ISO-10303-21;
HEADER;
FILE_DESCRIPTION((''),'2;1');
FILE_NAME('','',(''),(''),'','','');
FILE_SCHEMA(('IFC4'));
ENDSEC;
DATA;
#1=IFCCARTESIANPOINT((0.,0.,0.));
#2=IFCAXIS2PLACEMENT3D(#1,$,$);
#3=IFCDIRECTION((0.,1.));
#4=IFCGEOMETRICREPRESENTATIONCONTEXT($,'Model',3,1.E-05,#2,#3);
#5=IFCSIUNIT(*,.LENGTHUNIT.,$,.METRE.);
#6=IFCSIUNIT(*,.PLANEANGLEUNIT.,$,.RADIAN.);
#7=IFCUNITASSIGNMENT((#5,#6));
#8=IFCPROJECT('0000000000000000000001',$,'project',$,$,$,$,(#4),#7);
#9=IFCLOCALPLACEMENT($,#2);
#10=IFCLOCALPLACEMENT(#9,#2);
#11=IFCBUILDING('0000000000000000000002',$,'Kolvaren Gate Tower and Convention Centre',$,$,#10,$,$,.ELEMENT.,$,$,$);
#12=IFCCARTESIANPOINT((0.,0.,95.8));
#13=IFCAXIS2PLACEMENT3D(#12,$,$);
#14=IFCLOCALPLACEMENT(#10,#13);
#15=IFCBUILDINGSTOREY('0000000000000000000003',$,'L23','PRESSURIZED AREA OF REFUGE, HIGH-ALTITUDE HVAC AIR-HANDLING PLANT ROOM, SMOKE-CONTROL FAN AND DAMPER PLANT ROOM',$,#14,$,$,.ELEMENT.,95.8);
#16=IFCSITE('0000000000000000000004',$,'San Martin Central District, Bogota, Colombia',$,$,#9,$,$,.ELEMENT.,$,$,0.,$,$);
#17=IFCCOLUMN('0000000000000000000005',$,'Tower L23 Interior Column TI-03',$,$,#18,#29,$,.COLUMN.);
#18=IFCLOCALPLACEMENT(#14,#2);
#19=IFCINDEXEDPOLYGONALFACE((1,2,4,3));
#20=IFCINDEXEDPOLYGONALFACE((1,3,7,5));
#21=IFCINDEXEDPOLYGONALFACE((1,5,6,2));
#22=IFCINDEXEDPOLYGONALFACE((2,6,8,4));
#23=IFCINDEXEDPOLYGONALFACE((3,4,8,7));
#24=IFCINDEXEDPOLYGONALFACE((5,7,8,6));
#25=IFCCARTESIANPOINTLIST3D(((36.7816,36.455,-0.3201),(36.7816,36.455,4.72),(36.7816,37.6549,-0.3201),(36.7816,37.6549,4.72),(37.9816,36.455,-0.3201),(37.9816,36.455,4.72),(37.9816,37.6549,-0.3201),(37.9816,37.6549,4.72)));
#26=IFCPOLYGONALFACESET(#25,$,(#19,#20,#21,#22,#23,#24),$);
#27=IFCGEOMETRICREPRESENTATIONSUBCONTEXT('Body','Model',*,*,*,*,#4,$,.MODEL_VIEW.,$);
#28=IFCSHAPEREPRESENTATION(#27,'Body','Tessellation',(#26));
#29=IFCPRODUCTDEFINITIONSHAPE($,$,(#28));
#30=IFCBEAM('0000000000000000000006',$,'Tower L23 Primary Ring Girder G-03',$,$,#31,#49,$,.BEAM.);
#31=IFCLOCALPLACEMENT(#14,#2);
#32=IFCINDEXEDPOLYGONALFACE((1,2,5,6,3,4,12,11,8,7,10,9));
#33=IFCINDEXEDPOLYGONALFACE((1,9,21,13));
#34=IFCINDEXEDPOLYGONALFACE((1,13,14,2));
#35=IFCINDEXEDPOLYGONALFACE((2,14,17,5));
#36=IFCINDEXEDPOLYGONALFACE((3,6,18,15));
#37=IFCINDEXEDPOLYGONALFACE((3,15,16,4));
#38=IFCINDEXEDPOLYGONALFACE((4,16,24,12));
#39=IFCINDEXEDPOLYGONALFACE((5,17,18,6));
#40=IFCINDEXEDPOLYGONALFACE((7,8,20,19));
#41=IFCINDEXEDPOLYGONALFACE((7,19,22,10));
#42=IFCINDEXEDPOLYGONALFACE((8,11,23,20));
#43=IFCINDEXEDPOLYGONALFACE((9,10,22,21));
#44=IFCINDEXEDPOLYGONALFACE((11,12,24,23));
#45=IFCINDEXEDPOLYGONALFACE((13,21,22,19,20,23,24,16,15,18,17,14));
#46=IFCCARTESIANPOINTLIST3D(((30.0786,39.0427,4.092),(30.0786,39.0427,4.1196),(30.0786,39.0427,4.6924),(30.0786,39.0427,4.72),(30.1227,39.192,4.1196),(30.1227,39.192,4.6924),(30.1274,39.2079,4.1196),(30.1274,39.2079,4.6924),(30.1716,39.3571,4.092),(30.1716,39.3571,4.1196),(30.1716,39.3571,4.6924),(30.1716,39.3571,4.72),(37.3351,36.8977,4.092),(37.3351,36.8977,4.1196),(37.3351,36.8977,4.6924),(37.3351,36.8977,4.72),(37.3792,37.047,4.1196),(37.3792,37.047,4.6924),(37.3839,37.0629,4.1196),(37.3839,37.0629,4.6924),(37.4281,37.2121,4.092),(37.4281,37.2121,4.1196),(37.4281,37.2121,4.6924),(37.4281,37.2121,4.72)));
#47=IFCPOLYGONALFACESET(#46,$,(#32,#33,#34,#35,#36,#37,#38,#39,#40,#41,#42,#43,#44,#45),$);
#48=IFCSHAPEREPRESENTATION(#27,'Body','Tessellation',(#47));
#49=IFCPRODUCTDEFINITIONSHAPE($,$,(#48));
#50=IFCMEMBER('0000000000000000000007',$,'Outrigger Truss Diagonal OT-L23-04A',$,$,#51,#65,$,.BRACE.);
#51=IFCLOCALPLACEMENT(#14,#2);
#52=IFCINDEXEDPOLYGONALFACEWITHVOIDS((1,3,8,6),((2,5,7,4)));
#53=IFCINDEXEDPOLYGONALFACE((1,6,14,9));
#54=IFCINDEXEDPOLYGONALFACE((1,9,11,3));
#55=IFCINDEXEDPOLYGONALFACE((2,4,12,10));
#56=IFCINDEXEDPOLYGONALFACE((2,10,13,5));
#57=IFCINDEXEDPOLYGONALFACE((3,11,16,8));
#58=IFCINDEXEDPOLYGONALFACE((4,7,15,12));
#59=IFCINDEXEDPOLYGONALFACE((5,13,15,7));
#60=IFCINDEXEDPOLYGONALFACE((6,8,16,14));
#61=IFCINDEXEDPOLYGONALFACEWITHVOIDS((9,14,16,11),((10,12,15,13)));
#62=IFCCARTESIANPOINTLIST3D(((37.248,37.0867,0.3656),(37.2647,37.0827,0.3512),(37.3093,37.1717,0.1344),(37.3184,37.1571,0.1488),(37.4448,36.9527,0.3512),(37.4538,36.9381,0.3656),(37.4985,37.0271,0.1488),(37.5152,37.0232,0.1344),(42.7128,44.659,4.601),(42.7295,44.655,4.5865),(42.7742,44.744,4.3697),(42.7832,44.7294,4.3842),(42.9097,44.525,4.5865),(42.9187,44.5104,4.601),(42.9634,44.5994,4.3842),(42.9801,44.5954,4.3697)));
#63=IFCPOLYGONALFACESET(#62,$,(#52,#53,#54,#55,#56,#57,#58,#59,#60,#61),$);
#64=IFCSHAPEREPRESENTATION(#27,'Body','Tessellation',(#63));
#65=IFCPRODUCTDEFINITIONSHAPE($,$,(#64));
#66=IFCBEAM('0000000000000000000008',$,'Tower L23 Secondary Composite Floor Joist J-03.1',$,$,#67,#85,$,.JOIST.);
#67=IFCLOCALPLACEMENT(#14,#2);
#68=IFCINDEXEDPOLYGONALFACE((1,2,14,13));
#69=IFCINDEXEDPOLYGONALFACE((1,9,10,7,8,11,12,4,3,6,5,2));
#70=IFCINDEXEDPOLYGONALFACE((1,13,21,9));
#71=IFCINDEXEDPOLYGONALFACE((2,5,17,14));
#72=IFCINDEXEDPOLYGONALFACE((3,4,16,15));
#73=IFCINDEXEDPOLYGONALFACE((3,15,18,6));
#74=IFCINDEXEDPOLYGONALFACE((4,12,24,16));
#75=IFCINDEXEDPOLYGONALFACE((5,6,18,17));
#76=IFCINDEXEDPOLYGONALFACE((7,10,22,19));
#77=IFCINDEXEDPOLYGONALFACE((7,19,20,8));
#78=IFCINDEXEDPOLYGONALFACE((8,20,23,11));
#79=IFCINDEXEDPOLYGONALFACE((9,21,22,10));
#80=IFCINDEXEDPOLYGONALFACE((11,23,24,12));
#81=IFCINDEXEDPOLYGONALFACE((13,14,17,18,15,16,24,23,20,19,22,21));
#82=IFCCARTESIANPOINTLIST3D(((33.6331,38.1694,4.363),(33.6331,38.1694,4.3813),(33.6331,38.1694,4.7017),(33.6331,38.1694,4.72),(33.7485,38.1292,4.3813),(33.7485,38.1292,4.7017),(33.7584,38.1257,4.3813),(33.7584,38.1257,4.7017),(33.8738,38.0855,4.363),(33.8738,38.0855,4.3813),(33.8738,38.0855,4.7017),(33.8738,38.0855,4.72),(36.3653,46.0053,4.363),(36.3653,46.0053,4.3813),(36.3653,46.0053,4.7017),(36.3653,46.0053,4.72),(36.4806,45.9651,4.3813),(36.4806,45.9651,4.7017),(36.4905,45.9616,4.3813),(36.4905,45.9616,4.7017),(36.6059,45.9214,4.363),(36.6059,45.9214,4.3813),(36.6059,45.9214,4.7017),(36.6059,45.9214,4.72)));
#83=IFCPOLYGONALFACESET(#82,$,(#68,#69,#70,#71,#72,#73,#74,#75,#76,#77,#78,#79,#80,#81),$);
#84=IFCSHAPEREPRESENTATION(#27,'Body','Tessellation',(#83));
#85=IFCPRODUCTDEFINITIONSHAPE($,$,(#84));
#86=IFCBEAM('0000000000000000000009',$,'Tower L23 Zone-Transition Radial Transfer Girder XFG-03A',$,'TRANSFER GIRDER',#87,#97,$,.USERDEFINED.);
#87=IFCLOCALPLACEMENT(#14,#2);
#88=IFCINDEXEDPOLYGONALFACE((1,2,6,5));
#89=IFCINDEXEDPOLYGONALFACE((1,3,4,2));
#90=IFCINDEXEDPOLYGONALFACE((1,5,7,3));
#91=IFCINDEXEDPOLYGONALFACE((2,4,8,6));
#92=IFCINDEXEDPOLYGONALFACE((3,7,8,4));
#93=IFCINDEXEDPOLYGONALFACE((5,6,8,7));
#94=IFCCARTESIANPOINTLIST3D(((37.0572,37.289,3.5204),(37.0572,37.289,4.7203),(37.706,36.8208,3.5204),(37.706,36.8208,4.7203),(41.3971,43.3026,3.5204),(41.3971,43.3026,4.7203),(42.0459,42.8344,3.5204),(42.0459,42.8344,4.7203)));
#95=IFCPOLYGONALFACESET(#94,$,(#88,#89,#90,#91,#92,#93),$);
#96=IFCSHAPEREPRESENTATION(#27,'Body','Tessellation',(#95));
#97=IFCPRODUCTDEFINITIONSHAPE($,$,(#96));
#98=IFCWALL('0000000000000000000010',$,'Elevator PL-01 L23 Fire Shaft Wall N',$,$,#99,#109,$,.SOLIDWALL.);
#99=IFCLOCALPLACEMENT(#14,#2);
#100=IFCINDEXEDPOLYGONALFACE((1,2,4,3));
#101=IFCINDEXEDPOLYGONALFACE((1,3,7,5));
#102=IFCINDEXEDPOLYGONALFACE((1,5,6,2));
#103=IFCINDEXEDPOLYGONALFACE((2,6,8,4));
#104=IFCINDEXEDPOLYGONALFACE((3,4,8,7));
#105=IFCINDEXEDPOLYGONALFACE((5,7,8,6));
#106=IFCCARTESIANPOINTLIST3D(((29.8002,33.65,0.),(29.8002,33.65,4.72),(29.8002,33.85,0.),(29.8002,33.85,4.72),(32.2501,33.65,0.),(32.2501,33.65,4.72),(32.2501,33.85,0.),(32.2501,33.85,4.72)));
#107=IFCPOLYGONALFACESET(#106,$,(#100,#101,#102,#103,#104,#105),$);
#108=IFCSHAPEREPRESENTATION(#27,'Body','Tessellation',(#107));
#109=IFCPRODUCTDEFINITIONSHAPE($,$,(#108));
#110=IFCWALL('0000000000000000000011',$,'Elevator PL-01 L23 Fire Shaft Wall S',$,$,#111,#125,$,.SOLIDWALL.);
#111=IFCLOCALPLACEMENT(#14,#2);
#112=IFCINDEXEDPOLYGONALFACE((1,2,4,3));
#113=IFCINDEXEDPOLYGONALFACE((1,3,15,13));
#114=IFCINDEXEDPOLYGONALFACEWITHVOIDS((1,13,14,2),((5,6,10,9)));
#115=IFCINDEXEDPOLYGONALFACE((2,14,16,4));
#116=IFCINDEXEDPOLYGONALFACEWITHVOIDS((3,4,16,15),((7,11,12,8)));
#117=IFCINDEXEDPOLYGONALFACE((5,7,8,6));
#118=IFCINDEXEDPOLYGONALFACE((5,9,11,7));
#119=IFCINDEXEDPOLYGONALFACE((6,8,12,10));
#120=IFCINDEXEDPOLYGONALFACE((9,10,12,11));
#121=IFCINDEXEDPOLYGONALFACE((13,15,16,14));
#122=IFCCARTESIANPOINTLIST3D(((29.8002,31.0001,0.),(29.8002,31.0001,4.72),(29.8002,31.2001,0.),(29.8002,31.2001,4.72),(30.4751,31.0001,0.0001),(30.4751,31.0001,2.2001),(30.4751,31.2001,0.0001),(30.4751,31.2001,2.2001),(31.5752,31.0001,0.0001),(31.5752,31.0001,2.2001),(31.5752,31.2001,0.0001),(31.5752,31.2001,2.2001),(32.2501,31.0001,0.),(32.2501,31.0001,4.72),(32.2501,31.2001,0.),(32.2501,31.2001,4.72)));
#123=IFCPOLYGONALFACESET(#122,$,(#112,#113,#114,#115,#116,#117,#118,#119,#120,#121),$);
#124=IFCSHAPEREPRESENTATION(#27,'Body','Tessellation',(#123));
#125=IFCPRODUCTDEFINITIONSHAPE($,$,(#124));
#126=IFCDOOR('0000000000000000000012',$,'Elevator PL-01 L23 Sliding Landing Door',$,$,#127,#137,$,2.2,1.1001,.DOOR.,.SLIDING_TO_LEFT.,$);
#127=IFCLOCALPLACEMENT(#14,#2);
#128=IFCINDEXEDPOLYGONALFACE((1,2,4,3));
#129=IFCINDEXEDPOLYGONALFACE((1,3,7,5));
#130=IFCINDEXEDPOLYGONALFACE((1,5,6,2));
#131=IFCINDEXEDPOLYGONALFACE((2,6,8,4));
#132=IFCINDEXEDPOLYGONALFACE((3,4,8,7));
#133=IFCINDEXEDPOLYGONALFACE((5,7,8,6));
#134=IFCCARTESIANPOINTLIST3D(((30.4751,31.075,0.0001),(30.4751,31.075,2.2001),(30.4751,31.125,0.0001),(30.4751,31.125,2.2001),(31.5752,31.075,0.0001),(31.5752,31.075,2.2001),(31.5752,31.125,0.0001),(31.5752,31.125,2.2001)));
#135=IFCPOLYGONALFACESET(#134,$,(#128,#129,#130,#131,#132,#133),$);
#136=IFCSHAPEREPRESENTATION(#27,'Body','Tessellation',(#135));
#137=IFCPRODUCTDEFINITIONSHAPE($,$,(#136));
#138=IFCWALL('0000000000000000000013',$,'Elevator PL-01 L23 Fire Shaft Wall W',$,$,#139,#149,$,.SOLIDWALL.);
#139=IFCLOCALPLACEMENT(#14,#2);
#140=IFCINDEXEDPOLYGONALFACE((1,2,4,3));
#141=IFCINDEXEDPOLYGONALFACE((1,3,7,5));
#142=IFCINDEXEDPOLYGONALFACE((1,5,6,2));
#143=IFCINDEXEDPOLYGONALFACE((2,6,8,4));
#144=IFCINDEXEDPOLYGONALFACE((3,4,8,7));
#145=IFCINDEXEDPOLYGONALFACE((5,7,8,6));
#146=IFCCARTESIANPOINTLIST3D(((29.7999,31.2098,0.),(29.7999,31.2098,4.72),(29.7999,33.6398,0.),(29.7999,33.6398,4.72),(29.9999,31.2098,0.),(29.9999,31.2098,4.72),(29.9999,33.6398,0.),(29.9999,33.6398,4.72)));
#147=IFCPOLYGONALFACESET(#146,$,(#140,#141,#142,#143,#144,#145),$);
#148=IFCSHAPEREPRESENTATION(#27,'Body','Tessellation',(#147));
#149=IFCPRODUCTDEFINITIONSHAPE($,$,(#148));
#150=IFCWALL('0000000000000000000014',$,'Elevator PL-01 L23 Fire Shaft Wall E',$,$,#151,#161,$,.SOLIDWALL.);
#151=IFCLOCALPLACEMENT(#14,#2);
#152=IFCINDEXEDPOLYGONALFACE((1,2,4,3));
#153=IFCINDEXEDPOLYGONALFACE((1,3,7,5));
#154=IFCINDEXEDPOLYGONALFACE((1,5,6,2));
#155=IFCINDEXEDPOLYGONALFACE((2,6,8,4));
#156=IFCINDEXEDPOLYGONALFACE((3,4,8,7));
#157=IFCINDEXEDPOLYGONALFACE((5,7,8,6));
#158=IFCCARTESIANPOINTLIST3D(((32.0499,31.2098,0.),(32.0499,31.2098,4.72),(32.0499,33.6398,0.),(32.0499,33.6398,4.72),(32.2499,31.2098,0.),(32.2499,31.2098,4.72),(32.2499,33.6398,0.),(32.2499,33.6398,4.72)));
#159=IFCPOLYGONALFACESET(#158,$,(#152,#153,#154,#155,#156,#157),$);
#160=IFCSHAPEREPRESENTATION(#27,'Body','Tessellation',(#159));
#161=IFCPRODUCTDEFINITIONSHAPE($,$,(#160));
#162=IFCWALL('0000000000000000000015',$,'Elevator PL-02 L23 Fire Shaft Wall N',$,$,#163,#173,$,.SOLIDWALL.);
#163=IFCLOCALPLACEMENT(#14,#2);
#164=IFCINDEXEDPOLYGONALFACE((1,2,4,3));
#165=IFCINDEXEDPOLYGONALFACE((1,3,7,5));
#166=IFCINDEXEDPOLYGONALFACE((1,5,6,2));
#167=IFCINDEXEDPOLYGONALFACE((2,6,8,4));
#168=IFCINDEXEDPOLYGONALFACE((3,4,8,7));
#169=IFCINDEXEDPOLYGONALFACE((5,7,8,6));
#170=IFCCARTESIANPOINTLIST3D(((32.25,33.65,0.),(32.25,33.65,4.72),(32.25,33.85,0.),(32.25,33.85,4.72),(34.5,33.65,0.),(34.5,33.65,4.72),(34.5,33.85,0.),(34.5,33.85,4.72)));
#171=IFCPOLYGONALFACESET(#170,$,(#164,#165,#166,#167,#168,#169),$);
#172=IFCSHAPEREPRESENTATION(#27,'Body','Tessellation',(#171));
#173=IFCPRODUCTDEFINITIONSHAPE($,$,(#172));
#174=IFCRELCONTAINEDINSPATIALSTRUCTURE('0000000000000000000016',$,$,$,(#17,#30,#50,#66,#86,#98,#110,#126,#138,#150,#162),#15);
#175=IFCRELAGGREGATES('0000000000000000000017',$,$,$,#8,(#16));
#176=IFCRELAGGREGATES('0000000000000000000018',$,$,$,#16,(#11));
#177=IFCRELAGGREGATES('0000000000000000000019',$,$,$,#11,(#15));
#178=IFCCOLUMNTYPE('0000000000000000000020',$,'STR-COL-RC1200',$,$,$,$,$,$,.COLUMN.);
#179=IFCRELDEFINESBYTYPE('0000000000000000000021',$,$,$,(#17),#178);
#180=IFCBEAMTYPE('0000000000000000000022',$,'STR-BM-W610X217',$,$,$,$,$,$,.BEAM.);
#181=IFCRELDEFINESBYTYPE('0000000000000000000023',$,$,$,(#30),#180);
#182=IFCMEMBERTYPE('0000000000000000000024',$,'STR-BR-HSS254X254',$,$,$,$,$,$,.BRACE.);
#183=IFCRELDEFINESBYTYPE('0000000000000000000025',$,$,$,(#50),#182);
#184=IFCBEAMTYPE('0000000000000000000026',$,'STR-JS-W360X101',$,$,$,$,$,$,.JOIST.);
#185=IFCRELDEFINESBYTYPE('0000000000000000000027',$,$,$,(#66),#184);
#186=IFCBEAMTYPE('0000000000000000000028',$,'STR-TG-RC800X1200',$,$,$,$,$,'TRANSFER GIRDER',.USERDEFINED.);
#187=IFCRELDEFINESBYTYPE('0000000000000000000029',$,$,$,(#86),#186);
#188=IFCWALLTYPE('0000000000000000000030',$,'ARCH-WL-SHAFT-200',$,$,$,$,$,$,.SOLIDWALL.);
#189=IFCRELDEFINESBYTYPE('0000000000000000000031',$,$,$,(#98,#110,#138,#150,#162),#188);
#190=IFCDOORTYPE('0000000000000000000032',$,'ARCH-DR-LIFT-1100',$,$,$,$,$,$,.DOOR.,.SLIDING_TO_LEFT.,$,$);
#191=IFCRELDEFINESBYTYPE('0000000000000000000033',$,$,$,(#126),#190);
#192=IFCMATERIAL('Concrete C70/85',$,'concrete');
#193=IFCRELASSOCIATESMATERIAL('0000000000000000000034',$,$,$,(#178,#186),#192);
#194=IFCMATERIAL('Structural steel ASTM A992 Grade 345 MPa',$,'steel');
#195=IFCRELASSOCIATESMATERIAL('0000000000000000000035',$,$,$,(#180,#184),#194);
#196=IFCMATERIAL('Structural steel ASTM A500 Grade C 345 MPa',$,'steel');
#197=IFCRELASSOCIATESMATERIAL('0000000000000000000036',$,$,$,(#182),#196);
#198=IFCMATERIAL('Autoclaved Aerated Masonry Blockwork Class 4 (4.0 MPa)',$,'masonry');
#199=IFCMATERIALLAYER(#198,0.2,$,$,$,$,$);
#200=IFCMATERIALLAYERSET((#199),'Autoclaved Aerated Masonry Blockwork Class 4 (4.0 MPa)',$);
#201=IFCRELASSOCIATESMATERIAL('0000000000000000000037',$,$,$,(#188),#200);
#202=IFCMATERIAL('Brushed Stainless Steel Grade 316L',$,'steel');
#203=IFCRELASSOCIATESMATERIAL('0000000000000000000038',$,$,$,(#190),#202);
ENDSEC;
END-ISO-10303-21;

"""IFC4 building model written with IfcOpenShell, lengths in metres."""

from ifc_helpers import new_model, si_unit, direction, frame, frame_2d, origin, origin_2d, place, context, subcontext, project, spatial, rectangle, hollow_rectangle, i_section, extrude, material, layer, layer_set, material_profile, profile_set, type_object, element, fill, save


model = new_model("IFC4")

# Units and contexts
model_context = context("Model", 3, precision=1e-05, world=origin(), true_north=direction((0.0, 1.0)))
body_context = subcontext(model_context, "Body", "Model", "MODEL_VIEW")
ifc_project = project(units=[si_unit("LENGTHUNIT", "METRE"), si_unit("PLANEANGLEUNIT", "RADIAN")], contexts=[model_context])

# Site, building, storey
site_placement = place(None, origin())
site = spatial("IfcSite", under=ifc_project, at=site_placement, Name="San Martin Central District, Bogota, Colombia", CompositionType="ELEMENT", RefElevation=0.0)
building_placement = place(site_placement, origin())
building = spatial("IfcBuilding", under=site, at=building_placement, Name="Kolvaren Gate Tower and Convention Centre", CompositionType="ELEMENT")
storey_placement = place(building_placement, frame((0.0, 0.0, 95.8)))
storey = spatial("IfcBuildingStorey", under=building, at=storey_placement, Name="L23", Description="PRESSURIZED AREA OF REFUGE, HIGH-ALTITUDE HVAC AIR-HANDLING PLANT ROOM, SMOKE-CONTROL FAN AND DAMPER PLANT ROOM", CompositionType="ELEMENT", Elevation=95.8)

# Column
ifc_material_1 = material(Name="Concrete C70/85", Category="concrete")
ifc_material_profile_1 = material_profile(ifc_material_1, rectangle(XDim=1.2, YDim=1.2, at=origin_2d()), Name="RC-COL-1200X1200")
ifc_profile_set_1 = profile_set([ifc_material_profile_1], Name="Concrete C70/85")
column_type = type_object("IfcColumnType", Name="STR-COL-RC1200", PredefinedType="COLUMN", material=ifc_profile_set_1)
column_placement = place(storey_placement, frame((37.3816, 37.0549, -0.3201), z_axis=(0.0, 0.0, 1.0), x_axis=(1.0, 0.0, 0.0)))
element("IfcColumn", 1, at=column_placement, inside=storey, type_object=column_type, Name="Tower L23 Interior Column TI-03", PredefinedType="COLUMN", context=body_context, shape_type="SweptSolid", body=[
    extrude(rectangle(XDim=1.2, YDim=1.2, at=origin_2d()), origin(), (0.0, 0.0, 1.0), 5.04),
])

# Beam
ifc_material_2 = material(Name="Structural steel ASTM A992 Grade 345 MPa", Category="steel")
ifc_material_profile_2 = material_profile(ifc_material_2, i_section(OverallWidth=0.3279, OverallDepth=0.6279, WebThickness=0.0166, FlangeThickness=0.0276, at=origin_2d()), Name="W610X217")
ifc_profile_set_2 = profile_set([ifc_material_profile_2], Name="Structural steel ASTM A992 Grade 345 MPa")
beam_type_1 = type_object("IfcBeamType", Name="STR-BM-W610X217", PredefinedType="BEAM", material=ifc_profile_set_2)
beam_1_placement = place(storey_placement, frame((37.3816, 37.0549, 4.406), z_axis=(-0.958981, 0.283471, 0.0), x_axis=(-0.283471, -0.958981, 0.0)))
element("IfcBeam", 2, at=beam_1_placement, inside=storey, type_object=beam_type_1, Name="Tower L23 Primary Ring Girder G-03", PredefinedType="BEAM", context=body_context, shape_type="SweptSolid", body=[
    extrude(i_section(OverallWidth=0.3279, OverallDepth=0.6279, WebThickness=0.0166, FlangeThickness=0.0276, at=origin_2d()), origin(), (0.0, 0.0, 1.0), 7.5669),
])

# Member
ifc_material_3 = material(Name="Structural steel ASTM A500 Grade C 345 MPa", Category="steel")
ifc_material_profile_3 = material_profile(ifc_material_3, hollow_rectangle(XDim=0.2539, YDim=0.2539, WallThickness=0.0159, at=origin_2d()), Name="HSS254X254X15.9")
ifc_profile_set_3 = profile_set([ifc_material_profile_3], Name="Structural steel ASTM A500 Grade C 345 MPa")
member_type = type_object("IfcMemberType", Name="STR-BR-HSS254X254", PredefinedType="BRACE", material=ifc_profile_set_3)
member_placement = place(storey_placement, frame((37.3816, 37.0549, 0.25), z_axis=(0.532954, 0.738479, 0.413049), x_axis=(-0.810883, 0.585208, 0.0)))
element("IfcMember", 3, at=member_placement, inside=storey, type_object=member_type, Name="Outrigger Truss Diagonal OT-L23-04A", PredefinedType="BRACE", context=body_context, shape_type="SweptSolid", body=[
    extrude(hollow_rectangle(XDim=0.2539, YDim=0.2539, WallThickness=0.0159, at=origin_2d()), origin(), (0.0, 0.0, 1.0), 10.2539),
])

# Beams
ifc_material_profile_4 = material_profile(ifc_material_2, i_section(OverallWidth=0.2549, OverallDepth=0.3569, WebThickness=0.0105, FlangeThickness=0.0183, at=origin_2d()), Name="W360X101")
ifc_profile_set_4 = profile_set([ifc_material_profile_4], Name="Structural steel ASTM A992 Grade 345 MPa")
beam_type_2 = type_object("IfcBeamType", Name="STR-JS-W360X101", PredefinedType="JOIST", material=ifc_profile_set_4)
beam_2_placement = place(storey_placement, frame((33.7534, 38.1274, 4.5415), z_axis=(0.329234, 0.944248, 0.0), x_axis=(-0.944248, 0.329234, 0.0)))
element("IfcBeam", 4, at=beam_2_placement, inside=storey, type_object=beam_type_2, Name="Tower L23 Secondary Composite Floor Joist J-03.1", PredefinedType="JOIST", context=body_context, shape_type="SweptSolid", body=[
    extrude(i_section(OverallWidth=0.2549, OverallDepth=0.3569, WebThickness=0.0105, FlangeThickness=0.0183, at=origin_2d()), origin(), (0.0, 0.0, 1.0), 8.2986),
])
ifc_material_profile_5 = material_profile(ifc_material_1, rectangle(XDim=0.8, YDim=1.2, at=origin_2d()), Name="RC-BM-800X1200")
ifc_profile_set_5 = profile_set([ifc_material_profile_5], Name="Concrete C70/85")
beam_type_3 = type_object("IfcBeamType", Name="STR-TG-RC800X1200", ElementType="TRANSFER GIRDER", PredefinedType="USERDEFINED", material=ifc_profile_set_5)
beam_3_placement = place(storey_placement, frame((37.3816, 37.0549, 4.1204), z_axis=(0.585208, 0.810883, 0.0), x_axis=(-0.810883, 0.585208, 0.0)))
element("IfcBeam", 5, at=beam_3_placement, inside=storey, type_object=beam_type_3, Name="Tower L23 Zone-Transition Radial Transfer Girder XFG-03A", ObjectType="TRANSFER GIRDER", PredefinedType="USERDEFINED", context=body_context, shape_type="SweptSolid", body=[
    extrude(rectangle(XDim=0.8, YDim=1.2, at=origin_2d()), origin(), (0.0, 0.0, 1.0), 7.416),
])

# Wall
ifc_material_4 = material(Name="Autoclaved Aerated Masonry Blockwork Class 4 (4.0 MPa)", Category="masonry")
ifc_layer = layer(ifc_material_4, 0.2)
ifc_layer_set = layer_set([ifc_layer], Name="Autoclaved Aerated Masonry Blockwork Class 4 (4.0 MPa)")
wall_type = type_object("IfcWallType", Name="ARCH-WL-SHAFT-200", PredefinedType="SOLIDWALL", material=ifc_layer_set)
wall_1_placement = place(storey_placement, frame((29.8, 33.75, 0.0), z_axis=(0.0, 0.0, 1.0), x_axis=(1.0, 0.0, 0.0)))
element("IfcWall", 6, at=wall_1_placement, inside=storey, type_object=wall_type, Name="Elevator PL-01 L23 Fire Shaft Wall N", PredefinedType="SOLIDWALL", context=body_context, shape_type="SweptSolid", body=[
    extrude(rectangle(XDim=2.45, YDim=0.2, at=frame_2d((1.2251, 0.0))), origin(), (0.0, 0.0, 1.0), 4.72),
])

# Wall, opening, door
wall_2_placement = place(storey_placement, frame((29.8, 31.1001, 0.0), z_axis=(0.0, 0.0, 1.0), x_axis=(1.0, 0.0, 0.0)))
wall_2 = element("IfcWall", 7, at=wall_2_placement, inside=storey, type_object=wall_type, Name="Elevator PL-01 L23 Fire Shaft Wall S", PredefinedType="SOLIDWALL", context=body_context, shape_type="SweptSolid", body=[
    extrude(rectangle(XDim=2.45, YDim=0.2, at=frame_2d((1.2251, 0.0))), origin(), (0.0, 0.0, 1.0), 4.72),
])
opening_1_placement = place(wall_2_placement, frame((0.675, 0.0, 0.0)))
opening_1 = element("IfcOpeningElement", 8, at=opening_1_placement, cuts=wall_2, PredefinedType="OPENING", context=body_context, shape_type="SweptSolid", body=[
    extrude(rectangle(XDim=1.1001, YDim=2.2, at=frame_2d((0.55, 1.1001))), frame((0.0, 0.1099, 0.0), z_axis=(0.0, -1.0, 0.0), x_axis=(1.0, 0.0, 0.0)), (0.0, 0.0, 1.0), 0.22),
])
ifc_material_5 = material(Name="Brushed Stainless Steel Grade 316L", Category="steel")
door_type_1 = type_object("IfcDoorType", Name="ARCH-DR-LIFT-1100", OperationType="SLIDING_TO_LEFT", PredefinedType="DOOR", material=ifc_material_5)
door_1_placement = place(opening_1_placement, origin())
door_1 = element("IfcDoor", 9, at=door_1_placement, inside=storey, type_object=door_type_1, Name="Elevator PL-01 L23 Sliding Landing Door", OperationType="SLIDING_TO_LEFT", OverallHeight=2.2, OverallWidth=1.1001, PredefinedType="DOOR", context=body_context, shape_type="SweptSolid", body=[
    extrude(rectangle(XDim=1.1001, YDim=2.2, at=frame_2d((0.55, 1.1001))), frame((0.0, 0.0249, 0.0), z_axis=(0.0, -1.0, 0.0), x_axis=(1.0, 0.0, 0.0)), (0.0, 0.0, 1.0), 0.05),
])
fill(opening_1, door_1)

# Walls
for number, where, z_axis, x_axis, name in (
    (10, (29.8999, 31.21, 0.0), (0.0, 0.0, 1.0), (0.0, 1.0, 0.0), "Elevator PL-01 L23 Fire Shaft Wall W"),
    (11, (32.1499, 31.21, 0.0), (0.0, 0.0, 1.0), (0.0, 1.0, 0.0), "Elevator PL-01 L23 Fire Shaft Wall E"),
):
    element("IfcWall", number, at=place(storey_placement, frame(where, z_axis=z_axis, x_axis=x_axis)), inside=storey, type_object=wall_type, Name=name, PredefinedType="SOLIDWALL", context=body_context, shape_type="SweptSolid", body=[
        extrude(rectangle(XDim=2.4299, YDim=0.2, at=frame_2d((1.2148, 0.0))), origin(), (0.0, 0.0, 1.0), 4.72),
    ])
wall_3_placement = place(storey_placement, frame((32.25, 33.75, 0.0), z_axis=(0.0, 0.0, 1.0), x_axis=(1.0, 0.0, 0.0)))
element("IfcWall", 12, at=wall_3_placement, inside=storey, type_object=wall_type, Name="Elevator PL-02 L23 Fire Shaft Wall N", PredefinedType="SOLIDWALL", context=body_context, shape_type="SweptSolid", body=[
    extrude(rectangle(XDim=2.25, YDim=0.2, at=frame_2d((1.125, 0.0))), origin(), (0.0, 0.0, 1.0), 4.72),
])

save(model, "model.ifc")
